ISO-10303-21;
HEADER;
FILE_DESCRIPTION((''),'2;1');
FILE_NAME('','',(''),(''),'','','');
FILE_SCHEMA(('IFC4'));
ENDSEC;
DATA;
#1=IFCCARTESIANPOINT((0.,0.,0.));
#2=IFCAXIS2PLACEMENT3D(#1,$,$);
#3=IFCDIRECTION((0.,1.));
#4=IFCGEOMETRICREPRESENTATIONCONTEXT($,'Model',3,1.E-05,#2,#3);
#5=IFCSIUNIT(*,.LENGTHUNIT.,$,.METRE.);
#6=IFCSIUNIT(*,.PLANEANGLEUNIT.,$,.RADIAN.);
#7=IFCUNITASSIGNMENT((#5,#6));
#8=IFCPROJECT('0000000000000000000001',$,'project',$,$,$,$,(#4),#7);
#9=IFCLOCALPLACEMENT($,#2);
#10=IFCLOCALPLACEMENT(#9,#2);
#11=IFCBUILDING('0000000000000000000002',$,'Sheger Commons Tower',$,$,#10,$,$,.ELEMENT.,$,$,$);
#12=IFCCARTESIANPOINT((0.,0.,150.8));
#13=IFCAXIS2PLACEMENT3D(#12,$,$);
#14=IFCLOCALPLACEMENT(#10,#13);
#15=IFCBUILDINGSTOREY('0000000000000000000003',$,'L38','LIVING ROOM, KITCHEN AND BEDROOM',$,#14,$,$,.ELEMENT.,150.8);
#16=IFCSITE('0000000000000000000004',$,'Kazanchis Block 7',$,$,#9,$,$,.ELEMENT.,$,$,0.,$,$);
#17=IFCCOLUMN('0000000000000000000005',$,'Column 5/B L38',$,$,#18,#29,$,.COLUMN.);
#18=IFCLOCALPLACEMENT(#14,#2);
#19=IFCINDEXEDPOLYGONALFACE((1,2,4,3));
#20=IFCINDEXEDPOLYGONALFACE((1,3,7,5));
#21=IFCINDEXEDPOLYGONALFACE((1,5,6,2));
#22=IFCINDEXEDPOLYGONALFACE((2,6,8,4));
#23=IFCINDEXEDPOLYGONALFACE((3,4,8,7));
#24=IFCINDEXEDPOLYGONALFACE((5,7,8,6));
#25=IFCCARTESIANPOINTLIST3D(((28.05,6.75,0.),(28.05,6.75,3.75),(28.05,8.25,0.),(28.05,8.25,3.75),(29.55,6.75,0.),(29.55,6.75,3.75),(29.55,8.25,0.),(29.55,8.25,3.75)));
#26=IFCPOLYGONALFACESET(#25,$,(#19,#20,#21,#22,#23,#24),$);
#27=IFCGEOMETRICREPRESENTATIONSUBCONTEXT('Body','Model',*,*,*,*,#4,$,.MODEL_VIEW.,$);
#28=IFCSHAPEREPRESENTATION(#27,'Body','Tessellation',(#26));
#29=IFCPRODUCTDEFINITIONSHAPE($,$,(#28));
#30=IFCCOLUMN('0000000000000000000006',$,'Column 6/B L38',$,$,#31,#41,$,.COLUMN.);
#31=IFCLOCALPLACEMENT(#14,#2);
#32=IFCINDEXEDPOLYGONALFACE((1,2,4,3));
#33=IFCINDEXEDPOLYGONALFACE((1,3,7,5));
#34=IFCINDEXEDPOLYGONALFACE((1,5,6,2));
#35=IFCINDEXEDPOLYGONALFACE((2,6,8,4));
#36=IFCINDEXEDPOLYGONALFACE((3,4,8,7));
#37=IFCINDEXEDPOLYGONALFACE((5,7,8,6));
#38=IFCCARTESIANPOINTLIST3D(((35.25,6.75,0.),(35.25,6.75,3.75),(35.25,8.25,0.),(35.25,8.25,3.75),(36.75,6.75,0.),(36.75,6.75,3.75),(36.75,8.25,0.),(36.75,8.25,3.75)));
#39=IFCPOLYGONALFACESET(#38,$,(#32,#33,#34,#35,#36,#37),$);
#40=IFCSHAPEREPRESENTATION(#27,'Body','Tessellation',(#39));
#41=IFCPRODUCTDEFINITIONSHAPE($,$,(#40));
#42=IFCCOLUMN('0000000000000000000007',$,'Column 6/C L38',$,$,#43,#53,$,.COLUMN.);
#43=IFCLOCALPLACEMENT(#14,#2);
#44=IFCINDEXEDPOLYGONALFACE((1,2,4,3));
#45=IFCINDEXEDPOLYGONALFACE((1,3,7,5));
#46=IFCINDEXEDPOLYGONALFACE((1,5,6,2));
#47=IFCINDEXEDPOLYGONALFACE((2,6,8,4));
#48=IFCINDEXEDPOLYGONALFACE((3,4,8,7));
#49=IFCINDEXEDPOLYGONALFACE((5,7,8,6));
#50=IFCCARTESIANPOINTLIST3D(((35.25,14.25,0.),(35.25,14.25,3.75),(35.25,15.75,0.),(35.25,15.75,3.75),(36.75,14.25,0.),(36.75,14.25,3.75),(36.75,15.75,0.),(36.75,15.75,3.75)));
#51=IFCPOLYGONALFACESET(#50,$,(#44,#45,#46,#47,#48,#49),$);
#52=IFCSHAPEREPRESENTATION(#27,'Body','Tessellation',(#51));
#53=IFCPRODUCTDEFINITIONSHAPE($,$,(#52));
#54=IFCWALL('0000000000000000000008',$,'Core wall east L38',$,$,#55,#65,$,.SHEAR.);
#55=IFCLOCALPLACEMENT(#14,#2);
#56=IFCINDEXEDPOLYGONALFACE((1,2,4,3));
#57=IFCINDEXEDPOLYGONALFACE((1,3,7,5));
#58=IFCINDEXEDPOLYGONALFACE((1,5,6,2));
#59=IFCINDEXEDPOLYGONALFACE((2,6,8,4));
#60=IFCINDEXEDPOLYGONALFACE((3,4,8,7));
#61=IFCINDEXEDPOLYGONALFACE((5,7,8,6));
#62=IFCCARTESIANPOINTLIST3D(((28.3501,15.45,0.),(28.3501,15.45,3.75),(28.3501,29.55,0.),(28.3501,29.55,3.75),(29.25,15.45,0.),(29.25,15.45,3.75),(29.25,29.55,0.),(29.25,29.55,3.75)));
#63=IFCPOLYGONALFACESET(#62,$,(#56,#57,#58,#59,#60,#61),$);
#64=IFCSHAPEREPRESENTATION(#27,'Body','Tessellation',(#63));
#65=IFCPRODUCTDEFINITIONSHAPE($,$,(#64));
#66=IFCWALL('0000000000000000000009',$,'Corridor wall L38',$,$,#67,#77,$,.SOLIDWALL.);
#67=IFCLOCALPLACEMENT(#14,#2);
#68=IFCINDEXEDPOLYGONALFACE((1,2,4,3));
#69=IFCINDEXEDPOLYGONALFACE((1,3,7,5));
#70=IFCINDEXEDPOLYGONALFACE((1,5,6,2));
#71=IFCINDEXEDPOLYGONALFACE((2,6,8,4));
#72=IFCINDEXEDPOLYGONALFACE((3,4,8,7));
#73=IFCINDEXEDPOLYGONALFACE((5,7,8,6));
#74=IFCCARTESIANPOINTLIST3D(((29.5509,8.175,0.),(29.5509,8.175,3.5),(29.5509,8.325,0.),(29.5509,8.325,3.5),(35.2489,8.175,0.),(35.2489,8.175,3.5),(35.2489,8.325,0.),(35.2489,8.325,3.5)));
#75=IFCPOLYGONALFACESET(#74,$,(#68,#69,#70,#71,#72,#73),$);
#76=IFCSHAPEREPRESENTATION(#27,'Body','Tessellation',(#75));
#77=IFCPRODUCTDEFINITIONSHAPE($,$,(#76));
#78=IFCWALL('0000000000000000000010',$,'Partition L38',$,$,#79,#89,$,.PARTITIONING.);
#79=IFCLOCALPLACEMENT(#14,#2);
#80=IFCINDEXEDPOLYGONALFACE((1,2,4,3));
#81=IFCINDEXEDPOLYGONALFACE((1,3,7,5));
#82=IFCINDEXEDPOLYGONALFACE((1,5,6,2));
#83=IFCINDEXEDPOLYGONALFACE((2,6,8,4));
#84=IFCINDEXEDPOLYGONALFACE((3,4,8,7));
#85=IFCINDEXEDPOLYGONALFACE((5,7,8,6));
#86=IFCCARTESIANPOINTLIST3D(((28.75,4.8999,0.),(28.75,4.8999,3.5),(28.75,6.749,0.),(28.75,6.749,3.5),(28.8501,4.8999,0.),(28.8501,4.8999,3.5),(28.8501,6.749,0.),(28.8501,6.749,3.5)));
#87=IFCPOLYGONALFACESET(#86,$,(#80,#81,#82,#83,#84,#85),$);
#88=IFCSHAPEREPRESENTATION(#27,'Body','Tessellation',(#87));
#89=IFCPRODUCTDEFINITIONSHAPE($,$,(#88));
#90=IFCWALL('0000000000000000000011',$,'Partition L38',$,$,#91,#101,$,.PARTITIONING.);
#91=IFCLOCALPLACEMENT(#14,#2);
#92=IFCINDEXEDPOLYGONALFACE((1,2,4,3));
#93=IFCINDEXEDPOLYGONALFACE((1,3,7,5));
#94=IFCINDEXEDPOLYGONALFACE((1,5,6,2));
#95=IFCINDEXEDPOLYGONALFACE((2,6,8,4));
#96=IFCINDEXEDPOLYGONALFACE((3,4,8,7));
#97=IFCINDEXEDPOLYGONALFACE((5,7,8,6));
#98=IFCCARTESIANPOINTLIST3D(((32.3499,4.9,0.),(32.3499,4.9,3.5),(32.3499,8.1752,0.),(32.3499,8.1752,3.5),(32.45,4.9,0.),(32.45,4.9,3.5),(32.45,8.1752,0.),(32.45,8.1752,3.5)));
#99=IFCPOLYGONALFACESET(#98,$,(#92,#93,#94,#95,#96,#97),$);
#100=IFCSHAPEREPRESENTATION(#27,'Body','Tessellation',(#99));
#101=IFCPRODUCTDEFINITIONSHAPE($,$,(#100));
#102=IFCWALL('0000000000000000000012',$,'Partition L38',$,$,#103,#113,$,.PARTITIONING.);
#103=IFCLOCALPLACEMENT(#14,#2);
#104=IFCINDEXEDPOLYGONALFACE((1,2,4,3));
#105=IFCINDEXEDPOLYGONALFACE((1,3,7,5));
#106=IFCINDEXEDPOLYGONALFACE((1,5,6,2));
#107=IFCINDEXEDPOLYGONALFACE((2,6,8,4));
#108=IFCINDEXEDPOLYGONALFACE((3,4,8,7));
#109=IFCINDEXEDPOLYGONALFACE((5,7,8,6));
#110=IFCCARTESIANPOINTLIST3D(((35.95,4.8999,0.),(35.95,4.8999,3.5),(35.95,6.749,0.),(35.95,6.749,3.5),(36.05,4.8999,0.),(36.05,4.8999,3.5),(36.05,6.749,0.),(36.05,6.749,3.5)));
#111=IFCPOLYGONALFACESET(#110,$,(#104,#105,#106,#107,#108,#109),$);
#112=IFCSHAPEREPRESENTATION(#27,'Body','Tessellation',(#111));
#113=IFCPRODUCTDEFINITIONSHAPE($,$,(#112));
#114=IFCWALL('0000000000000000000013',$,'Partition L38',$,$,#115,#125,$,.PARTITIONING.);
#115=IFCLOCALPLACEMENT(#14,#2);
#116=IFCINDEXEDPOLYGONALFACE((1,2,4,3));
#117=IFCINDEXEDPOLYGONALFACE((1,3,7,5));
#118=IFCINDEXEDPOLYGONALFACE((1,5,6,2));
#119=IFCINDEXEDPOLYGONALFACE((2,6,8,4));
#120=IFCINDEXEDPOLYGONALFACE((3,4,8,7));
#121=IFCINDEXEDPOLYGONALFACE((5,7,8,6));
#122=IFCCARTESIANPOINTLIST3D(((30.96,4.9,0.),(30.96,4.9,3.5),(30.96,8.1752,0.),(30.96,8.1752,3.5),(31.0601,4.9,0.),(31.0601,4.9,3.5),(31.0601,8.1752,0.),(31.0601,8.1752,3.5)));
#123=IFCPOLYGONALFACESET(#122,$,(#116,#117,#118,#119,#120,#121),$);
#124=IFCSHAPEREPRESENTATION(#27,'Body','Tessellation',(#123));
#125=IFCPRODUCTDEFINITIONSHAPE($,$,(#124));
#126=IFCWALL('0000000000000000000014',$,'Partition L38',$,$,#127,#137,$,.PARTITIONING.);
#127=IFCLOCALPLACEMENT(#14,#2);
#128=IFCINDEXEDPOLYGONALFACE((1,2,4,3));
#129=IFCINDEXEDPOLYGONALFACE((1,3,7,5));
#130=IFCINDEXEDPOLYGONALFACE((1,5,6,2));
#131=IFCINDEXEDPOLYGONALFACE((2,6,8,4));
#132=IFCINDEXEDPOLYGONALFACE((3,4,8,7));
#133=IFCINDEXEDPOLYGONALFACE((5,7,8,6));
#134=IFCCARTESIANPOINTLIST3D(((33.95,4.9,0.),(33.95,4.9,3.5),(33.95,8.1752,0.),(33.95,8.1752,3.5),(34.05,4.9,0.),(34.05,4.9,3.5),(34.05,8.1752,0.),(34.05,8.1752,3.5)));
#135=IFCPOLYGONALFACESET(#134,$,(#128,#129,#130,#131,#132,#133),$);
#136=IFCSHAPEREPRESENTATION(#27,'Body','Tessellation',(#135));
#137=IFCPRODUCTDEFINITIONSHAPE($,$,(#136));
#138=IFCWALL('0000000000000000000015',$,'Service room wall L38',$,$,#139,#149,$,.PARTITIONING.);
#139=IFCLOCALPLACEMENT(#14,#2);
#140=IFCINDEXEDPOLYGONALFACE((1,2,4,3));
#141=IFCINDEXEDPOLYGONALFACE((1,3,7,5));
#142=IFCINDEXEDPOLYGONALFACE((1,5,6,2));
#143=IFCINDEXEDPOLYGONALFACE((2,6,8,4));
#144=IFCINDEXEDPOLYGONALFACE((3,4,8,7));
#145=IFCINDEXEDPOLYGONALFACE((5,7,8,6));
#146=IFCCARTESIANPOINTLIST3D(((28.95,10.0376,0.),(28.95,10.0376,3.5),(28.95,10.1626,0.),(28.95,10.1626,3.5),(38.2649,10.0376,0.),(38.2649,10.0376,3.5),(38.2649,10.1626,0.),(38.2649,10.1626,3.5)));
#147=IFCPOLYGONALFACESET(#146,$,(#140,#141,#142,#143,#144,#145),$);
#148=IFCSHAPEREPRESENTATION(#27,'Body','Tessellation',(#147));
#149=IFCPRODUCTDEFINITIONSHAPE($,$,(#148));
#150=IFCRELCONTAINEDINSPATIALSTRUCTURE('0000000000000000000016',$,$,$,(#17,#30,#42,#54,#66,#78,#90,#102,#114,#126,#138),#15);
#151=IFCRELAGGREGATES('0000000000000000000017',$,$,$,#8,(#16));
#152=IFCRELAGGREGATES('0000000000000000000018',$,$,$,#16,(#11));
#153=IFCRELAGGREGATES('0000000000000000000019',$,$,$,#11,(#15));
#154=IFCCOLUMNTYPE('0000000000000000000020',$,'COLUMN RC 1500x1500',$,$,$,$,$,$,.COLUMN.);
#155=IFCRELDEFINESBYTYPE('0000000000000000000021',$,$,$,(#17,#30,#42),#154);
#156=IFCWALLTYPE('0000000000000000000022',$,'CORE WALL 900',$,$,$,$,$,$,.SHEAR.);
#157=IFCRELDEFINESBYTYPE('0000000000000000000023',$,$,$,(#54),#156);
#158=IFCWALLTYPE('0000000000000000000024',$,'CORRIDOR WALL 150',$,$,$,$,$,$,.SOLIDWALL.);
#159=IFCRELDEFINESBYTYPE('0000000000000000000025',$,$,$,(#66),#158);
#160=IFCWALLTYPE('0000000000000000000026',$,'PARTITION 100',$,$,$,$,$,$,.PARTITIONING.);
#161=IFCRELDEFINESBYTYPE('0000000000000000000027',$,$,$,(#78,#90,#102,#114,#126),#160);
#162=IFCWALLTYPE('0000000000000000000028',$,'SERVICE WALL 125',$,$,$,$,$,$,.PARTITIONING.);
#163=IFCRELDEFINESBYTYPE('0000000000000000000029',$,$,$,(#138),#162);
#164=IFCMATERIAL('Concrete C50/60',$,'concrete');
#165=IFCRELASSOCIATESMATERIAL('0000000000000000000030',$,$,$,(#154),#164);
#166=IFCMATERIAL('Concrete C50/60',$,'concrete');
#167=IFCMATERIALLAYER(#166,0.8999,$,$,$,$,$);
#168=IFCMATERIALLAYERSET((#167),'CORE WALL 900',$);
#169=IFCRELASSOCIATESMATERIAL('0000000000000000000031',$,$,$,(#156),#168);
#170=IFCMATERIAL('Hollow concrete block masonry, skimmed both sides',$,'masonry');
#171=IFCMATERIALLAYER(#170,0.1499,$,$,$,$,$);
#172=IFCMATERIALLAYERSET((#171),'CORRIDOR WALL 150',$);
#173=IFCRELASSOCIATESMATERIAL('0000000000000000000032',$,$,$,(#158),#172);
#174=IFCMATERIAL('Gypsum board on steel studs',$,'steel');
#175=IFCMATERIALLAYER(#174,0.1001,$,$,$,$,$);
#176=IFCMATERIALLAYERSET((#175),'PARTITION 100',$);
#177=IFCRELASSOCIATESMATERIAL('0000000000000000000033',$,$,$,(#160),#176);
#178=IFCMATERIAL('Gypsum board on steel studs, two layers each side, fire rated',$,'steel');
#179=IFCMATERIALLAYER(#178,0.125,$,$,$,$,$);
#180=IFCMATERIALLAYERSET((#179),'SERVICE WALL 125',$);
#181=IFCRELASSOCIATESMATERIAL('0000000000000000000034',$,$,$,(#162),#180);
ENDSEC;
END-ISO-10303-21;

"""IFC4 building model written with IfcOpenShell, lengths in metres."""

from ifc_helpers import new_model, si_unit, direction, frame, frame_2d, origin, origin_2d, place, context, subcontext, project, spatial, rectangle, extrude, material, layer, layer_set, material_profile, profile_set, type_object, element, save


model = new_model("IFC4")

# Units and contexts
model_context = context("Model", 3, precision=1e-05, world=origin(), true_north=direction((0.0, 1.0)))
body_context = subcontext(model_context, "Body", "Model", "MODEL_VIEW")
ifc_project = project(units=[si_unit("LENGTHUNIT", "METRE"), si_unit("PLANEANGLEUNIT", "RADIAN")], contexts=[model_context])

# Site, building, storey
site_placement = place(None, origin())
site = spatial("IfcSite", under=ifc_project, at=site_placement, Name="Kazanchis Block 7", CompositionType="ELEMENT", RefElevation=0.0)
building_placement = place(site_placement, origin())
building = spatial("IfcBuilding", under=site, at=building_placement, Name="Sheger Commons Tower", CompositionType="ELEMENT")
storey_placement = place(building_placement, frame((0.0, 0.0, 150.8)))
storey = spatial("IfcBuildingStorey", under=building, at=storey_placement, Name="L38", Description="LIVING ROOM, KITCHEN AND BEDROOM", CompositionType="ELEMENT", Elevation=150.8)

# Columns
ifc_material_1 = material(Name="Concrete C50/60", Category="concrete")
ifc_material_profile = material_profile(ifc_material_1, rectangle(XDim=1.5, YDim=1.5, at=origin_2d()), Name="RC 1500x1500")
ifc_profile_set = profile_set([ifc_material_profile], Name="Concrete C50/60")
column_type = type_object("IfcColumnType", Name="COLUMN RC 1500x1500", PredefinedType="COLUMN", material=ifc_profile_set)
for number, where, z_axis, x_axis, name in (
    (1, (28.8, 7.5, 0.0), (0.0, 0.0, 1.0), (1.0, 0.0, 0.0), "Column 5/B L38"),
    (2, (36.0, 7.5, 0.0), (0.0, 0.0, 1.0), (1.0, 0.0, 0.0), "Column 6/B L38"),
    (3, (36.0, 15.0, 0.0), (0.0, 0.0, 1.0), (1.0, 0.0, 0.0), "Column 6/C L38"),
):
    element("IfcColumn", number, at=place(storey_placement, frame(where, z_axis=z_axis, x_axis=x_axis)), inside=storey, type_object=column_type, Name=name, PredefinedType="COLUMN", context=body_context, shape_type="SweptSolid", body=[
        extrude(rectangle(XDim=1.5, YDim=1.5, at=origin_2d()), origin(), (0.0, 0.0, 1.0), 3.75),
    ])

# Walls
ifc_material_2 = material(Name="Concrete C50/60", Category="concrete")
ifc_layer_1 = layer(ifc_material_2, 0.8999)
ifc_layer_set_1 = layer_set([ifc_layer_1], Name="CORE WALL 900")
wall_type_1 = type_object("IfcWallType", Name="CORE WALL 900", PredefinedType="SHEAR", material=ifc_layer_set_1)
wall_1_placement = place(storey_placement, frame((28.8, 15.45, 0.0), z_axis=(0.0, 0.0, 1.0), x_axis=(0.0, 1.0, 0.0)))
element("IfcWall", 4, at=wall_1_placement, inside=storey, type_object=wall_type_1, Name="Core wall east L38", PredefinedType="SHEAR", context=body_context, shape_type="SweptSolid", body=[
    extrude(rectangle(XDim=14.1001, YDim=0.8999, at=frame_2d((7.05, 0.0))), origin(), (0.0, 0.0, 1.0), 3.75),
])
ifc_material_3 = material(Name="Hollow concrete block masonry, skimmed both sides", Category="masonry")
ifc_layer_2 = layer(ifc_material_3, 0.1499)
ifc_layer_set_2 = layer_set([ifc_layer_2], Name="CORRIDOR WALL 150")
wall_type_2 = type_object("IfcWallType", Name="CORRIDOR WALL 150", PredefinedType="SOLIDWALL", material=ifc_layer_set_2)
wall_2_placement = place(storey_placement, frame((35.249, 8.25, 0.0), z_axis=(0.0, 0.0, 1.0), x_axis=(-1.0, 0.0, 0.0)))
element("IfcWall", 5, at=wall_2_placement, inside=storey, type_object=wall_type_2, Name="Corridor wall L38", PredefinedType="SOLIDWALL", context=body_context, shape_type="SweptSolid", body=[
    extrude(rectangle(XDim=5.698, YDim=0.1499, at=frame_2d((2.8491, 0.0))), origin(), (0.0, 0.0, 1.0), 3.5),
])
ifc_material_4 = material(Name="Gypsum board on steel studs", Category="steel")
ifc_layer_3 = layer(ifc_material_4, 0.1001)
ifc_layer_set_3 = layer_set([ifc_layer_3], Name="PARTITION 100")
wall_type_3 = type_object("IfcWallType", Name="PARTITION 100", PredefinedType="PARTITIONING", material=ifc_layer_set_3)
wall_3_placement = place(storey_placement, frame((28.8, 4.8999, 0.0), z_axis=(0.0, 0.0, 1.0), x_axis=(0.0, 1.0, 0.0)))
element("IfcWall", 6, at=wall_3_placement, inside=storey, type_object=wall_type_3, Name="Partition L38", PredefinedType="PARTITIONING", context=body_context, shape_type="SweptSolid", body=[
    extrude(rectangle(XDim=1.8491, YDim=0.1001, at=frame_2d((0.9246, 0.0))), origin(), (0.0, 0.0, 1.0), 3.5),
])
wall_4_placement = place(storey_placement, frame((32.3999, 4.8999, 0.0), z_axis=(0.0, 0.0, 1.0), x_axis=(0.0, 1.0, 0.0)))
element("IfcWall", 7, at=wall_4_placement, inside=storey, type_object=wall_type_3, Name="Partition L38", PredefinedType="PARTITIONING", context=body_context, shape_type="SweptSolid", body=[
    extrude(rectangle(XDim=3.2751, YDim=0.1001, at=frame_2d((1.6377, 0.0))), origin(), (0.0, 0.0, 1.0), 3.5),
])
wall_5_placement = place(storey_placement, frame((36.0, 4.8999, 0.0), z_axis=(0.0, 0.0, 1.0), x_axis=(0.0, 1.0, 0.0)))
element("IfcWall", 8, at=wall_5_placement, inside=storey, type_object=wall_type_3, Name="Partition L38", PredefinedType="PARTITIONING", context=body_context, shape_type="SweptSolid", body=[
    extrude(rectangle(XDim=1.8491, YDim=0.1001, at=frame_2d((0.9246, 0.0))), origin(), (0.0, 0.0, 1.0), 3.5),
])
for number, where, z_axis, x_axis, name in (
    (9, (31.01, 4.8999, 0.0), (0.0, 0.0, 1.0), (0.0, 1.0, 0.0), "Partition L38"),
    (10, (34.0, 4.8999, 0.0), (0.0, 0.0, 1.0), (0.0, 1.0, 0.0), "Partition L38"),
):
    element("IfcWall", number, at=place(storey_placement, frame(where, z_axis=z_axis, x_axis=x_axis)), inside=storey, type_object=wall_type_3, Name=name, PredefinedType="PARTITIONING", context=body_context, shape_type="SweptSolid", body=[
        extrude(rectangle(XDim=3.2751, YDim=0.1001, at=frame_2d((1.6377, 0.0))), origin(), (0.0, 0.0, 1.0), 3.5),
    ])
ifc_material_5 = material(Name="Gypsum board on steel studs, two layers each side, fire rated", Category="steel")
ifc_layer_4 = layer(ifc_material_5, 0.125)
ifc_layer_set_4 = layer_set([ifc_layer_4], Name="SERVICE WALL 125")
wall_type_4 = type_object("IfcWallType", Name="SERVICE WALL 125", PredefinedType="PARTITIONING", material=ifc_layer_set_4)
wall_6_placement = place(storey_placement, frame((28.95, 10.1001, 0.0), z_axis=(0.0, 0.0, 1.0), x_axis=(1.0, 0.0, 0.0)))
element("IfcWall", 11, at=wall_6_placement, inside=storey, type_object=wall_type_4, Name="Service room wall L38", PredefinedType="PARTITIONING", context=body_context, shape_type="SweptSolid", body=[
    extrude(rectangle(XDim=9.3149, YDim=0.125, at=frame_2d((4.6575, 0.0))), origin(), (0.0, 0.0, 1.0), 3.5),
])

save(model, "model.ifc")
